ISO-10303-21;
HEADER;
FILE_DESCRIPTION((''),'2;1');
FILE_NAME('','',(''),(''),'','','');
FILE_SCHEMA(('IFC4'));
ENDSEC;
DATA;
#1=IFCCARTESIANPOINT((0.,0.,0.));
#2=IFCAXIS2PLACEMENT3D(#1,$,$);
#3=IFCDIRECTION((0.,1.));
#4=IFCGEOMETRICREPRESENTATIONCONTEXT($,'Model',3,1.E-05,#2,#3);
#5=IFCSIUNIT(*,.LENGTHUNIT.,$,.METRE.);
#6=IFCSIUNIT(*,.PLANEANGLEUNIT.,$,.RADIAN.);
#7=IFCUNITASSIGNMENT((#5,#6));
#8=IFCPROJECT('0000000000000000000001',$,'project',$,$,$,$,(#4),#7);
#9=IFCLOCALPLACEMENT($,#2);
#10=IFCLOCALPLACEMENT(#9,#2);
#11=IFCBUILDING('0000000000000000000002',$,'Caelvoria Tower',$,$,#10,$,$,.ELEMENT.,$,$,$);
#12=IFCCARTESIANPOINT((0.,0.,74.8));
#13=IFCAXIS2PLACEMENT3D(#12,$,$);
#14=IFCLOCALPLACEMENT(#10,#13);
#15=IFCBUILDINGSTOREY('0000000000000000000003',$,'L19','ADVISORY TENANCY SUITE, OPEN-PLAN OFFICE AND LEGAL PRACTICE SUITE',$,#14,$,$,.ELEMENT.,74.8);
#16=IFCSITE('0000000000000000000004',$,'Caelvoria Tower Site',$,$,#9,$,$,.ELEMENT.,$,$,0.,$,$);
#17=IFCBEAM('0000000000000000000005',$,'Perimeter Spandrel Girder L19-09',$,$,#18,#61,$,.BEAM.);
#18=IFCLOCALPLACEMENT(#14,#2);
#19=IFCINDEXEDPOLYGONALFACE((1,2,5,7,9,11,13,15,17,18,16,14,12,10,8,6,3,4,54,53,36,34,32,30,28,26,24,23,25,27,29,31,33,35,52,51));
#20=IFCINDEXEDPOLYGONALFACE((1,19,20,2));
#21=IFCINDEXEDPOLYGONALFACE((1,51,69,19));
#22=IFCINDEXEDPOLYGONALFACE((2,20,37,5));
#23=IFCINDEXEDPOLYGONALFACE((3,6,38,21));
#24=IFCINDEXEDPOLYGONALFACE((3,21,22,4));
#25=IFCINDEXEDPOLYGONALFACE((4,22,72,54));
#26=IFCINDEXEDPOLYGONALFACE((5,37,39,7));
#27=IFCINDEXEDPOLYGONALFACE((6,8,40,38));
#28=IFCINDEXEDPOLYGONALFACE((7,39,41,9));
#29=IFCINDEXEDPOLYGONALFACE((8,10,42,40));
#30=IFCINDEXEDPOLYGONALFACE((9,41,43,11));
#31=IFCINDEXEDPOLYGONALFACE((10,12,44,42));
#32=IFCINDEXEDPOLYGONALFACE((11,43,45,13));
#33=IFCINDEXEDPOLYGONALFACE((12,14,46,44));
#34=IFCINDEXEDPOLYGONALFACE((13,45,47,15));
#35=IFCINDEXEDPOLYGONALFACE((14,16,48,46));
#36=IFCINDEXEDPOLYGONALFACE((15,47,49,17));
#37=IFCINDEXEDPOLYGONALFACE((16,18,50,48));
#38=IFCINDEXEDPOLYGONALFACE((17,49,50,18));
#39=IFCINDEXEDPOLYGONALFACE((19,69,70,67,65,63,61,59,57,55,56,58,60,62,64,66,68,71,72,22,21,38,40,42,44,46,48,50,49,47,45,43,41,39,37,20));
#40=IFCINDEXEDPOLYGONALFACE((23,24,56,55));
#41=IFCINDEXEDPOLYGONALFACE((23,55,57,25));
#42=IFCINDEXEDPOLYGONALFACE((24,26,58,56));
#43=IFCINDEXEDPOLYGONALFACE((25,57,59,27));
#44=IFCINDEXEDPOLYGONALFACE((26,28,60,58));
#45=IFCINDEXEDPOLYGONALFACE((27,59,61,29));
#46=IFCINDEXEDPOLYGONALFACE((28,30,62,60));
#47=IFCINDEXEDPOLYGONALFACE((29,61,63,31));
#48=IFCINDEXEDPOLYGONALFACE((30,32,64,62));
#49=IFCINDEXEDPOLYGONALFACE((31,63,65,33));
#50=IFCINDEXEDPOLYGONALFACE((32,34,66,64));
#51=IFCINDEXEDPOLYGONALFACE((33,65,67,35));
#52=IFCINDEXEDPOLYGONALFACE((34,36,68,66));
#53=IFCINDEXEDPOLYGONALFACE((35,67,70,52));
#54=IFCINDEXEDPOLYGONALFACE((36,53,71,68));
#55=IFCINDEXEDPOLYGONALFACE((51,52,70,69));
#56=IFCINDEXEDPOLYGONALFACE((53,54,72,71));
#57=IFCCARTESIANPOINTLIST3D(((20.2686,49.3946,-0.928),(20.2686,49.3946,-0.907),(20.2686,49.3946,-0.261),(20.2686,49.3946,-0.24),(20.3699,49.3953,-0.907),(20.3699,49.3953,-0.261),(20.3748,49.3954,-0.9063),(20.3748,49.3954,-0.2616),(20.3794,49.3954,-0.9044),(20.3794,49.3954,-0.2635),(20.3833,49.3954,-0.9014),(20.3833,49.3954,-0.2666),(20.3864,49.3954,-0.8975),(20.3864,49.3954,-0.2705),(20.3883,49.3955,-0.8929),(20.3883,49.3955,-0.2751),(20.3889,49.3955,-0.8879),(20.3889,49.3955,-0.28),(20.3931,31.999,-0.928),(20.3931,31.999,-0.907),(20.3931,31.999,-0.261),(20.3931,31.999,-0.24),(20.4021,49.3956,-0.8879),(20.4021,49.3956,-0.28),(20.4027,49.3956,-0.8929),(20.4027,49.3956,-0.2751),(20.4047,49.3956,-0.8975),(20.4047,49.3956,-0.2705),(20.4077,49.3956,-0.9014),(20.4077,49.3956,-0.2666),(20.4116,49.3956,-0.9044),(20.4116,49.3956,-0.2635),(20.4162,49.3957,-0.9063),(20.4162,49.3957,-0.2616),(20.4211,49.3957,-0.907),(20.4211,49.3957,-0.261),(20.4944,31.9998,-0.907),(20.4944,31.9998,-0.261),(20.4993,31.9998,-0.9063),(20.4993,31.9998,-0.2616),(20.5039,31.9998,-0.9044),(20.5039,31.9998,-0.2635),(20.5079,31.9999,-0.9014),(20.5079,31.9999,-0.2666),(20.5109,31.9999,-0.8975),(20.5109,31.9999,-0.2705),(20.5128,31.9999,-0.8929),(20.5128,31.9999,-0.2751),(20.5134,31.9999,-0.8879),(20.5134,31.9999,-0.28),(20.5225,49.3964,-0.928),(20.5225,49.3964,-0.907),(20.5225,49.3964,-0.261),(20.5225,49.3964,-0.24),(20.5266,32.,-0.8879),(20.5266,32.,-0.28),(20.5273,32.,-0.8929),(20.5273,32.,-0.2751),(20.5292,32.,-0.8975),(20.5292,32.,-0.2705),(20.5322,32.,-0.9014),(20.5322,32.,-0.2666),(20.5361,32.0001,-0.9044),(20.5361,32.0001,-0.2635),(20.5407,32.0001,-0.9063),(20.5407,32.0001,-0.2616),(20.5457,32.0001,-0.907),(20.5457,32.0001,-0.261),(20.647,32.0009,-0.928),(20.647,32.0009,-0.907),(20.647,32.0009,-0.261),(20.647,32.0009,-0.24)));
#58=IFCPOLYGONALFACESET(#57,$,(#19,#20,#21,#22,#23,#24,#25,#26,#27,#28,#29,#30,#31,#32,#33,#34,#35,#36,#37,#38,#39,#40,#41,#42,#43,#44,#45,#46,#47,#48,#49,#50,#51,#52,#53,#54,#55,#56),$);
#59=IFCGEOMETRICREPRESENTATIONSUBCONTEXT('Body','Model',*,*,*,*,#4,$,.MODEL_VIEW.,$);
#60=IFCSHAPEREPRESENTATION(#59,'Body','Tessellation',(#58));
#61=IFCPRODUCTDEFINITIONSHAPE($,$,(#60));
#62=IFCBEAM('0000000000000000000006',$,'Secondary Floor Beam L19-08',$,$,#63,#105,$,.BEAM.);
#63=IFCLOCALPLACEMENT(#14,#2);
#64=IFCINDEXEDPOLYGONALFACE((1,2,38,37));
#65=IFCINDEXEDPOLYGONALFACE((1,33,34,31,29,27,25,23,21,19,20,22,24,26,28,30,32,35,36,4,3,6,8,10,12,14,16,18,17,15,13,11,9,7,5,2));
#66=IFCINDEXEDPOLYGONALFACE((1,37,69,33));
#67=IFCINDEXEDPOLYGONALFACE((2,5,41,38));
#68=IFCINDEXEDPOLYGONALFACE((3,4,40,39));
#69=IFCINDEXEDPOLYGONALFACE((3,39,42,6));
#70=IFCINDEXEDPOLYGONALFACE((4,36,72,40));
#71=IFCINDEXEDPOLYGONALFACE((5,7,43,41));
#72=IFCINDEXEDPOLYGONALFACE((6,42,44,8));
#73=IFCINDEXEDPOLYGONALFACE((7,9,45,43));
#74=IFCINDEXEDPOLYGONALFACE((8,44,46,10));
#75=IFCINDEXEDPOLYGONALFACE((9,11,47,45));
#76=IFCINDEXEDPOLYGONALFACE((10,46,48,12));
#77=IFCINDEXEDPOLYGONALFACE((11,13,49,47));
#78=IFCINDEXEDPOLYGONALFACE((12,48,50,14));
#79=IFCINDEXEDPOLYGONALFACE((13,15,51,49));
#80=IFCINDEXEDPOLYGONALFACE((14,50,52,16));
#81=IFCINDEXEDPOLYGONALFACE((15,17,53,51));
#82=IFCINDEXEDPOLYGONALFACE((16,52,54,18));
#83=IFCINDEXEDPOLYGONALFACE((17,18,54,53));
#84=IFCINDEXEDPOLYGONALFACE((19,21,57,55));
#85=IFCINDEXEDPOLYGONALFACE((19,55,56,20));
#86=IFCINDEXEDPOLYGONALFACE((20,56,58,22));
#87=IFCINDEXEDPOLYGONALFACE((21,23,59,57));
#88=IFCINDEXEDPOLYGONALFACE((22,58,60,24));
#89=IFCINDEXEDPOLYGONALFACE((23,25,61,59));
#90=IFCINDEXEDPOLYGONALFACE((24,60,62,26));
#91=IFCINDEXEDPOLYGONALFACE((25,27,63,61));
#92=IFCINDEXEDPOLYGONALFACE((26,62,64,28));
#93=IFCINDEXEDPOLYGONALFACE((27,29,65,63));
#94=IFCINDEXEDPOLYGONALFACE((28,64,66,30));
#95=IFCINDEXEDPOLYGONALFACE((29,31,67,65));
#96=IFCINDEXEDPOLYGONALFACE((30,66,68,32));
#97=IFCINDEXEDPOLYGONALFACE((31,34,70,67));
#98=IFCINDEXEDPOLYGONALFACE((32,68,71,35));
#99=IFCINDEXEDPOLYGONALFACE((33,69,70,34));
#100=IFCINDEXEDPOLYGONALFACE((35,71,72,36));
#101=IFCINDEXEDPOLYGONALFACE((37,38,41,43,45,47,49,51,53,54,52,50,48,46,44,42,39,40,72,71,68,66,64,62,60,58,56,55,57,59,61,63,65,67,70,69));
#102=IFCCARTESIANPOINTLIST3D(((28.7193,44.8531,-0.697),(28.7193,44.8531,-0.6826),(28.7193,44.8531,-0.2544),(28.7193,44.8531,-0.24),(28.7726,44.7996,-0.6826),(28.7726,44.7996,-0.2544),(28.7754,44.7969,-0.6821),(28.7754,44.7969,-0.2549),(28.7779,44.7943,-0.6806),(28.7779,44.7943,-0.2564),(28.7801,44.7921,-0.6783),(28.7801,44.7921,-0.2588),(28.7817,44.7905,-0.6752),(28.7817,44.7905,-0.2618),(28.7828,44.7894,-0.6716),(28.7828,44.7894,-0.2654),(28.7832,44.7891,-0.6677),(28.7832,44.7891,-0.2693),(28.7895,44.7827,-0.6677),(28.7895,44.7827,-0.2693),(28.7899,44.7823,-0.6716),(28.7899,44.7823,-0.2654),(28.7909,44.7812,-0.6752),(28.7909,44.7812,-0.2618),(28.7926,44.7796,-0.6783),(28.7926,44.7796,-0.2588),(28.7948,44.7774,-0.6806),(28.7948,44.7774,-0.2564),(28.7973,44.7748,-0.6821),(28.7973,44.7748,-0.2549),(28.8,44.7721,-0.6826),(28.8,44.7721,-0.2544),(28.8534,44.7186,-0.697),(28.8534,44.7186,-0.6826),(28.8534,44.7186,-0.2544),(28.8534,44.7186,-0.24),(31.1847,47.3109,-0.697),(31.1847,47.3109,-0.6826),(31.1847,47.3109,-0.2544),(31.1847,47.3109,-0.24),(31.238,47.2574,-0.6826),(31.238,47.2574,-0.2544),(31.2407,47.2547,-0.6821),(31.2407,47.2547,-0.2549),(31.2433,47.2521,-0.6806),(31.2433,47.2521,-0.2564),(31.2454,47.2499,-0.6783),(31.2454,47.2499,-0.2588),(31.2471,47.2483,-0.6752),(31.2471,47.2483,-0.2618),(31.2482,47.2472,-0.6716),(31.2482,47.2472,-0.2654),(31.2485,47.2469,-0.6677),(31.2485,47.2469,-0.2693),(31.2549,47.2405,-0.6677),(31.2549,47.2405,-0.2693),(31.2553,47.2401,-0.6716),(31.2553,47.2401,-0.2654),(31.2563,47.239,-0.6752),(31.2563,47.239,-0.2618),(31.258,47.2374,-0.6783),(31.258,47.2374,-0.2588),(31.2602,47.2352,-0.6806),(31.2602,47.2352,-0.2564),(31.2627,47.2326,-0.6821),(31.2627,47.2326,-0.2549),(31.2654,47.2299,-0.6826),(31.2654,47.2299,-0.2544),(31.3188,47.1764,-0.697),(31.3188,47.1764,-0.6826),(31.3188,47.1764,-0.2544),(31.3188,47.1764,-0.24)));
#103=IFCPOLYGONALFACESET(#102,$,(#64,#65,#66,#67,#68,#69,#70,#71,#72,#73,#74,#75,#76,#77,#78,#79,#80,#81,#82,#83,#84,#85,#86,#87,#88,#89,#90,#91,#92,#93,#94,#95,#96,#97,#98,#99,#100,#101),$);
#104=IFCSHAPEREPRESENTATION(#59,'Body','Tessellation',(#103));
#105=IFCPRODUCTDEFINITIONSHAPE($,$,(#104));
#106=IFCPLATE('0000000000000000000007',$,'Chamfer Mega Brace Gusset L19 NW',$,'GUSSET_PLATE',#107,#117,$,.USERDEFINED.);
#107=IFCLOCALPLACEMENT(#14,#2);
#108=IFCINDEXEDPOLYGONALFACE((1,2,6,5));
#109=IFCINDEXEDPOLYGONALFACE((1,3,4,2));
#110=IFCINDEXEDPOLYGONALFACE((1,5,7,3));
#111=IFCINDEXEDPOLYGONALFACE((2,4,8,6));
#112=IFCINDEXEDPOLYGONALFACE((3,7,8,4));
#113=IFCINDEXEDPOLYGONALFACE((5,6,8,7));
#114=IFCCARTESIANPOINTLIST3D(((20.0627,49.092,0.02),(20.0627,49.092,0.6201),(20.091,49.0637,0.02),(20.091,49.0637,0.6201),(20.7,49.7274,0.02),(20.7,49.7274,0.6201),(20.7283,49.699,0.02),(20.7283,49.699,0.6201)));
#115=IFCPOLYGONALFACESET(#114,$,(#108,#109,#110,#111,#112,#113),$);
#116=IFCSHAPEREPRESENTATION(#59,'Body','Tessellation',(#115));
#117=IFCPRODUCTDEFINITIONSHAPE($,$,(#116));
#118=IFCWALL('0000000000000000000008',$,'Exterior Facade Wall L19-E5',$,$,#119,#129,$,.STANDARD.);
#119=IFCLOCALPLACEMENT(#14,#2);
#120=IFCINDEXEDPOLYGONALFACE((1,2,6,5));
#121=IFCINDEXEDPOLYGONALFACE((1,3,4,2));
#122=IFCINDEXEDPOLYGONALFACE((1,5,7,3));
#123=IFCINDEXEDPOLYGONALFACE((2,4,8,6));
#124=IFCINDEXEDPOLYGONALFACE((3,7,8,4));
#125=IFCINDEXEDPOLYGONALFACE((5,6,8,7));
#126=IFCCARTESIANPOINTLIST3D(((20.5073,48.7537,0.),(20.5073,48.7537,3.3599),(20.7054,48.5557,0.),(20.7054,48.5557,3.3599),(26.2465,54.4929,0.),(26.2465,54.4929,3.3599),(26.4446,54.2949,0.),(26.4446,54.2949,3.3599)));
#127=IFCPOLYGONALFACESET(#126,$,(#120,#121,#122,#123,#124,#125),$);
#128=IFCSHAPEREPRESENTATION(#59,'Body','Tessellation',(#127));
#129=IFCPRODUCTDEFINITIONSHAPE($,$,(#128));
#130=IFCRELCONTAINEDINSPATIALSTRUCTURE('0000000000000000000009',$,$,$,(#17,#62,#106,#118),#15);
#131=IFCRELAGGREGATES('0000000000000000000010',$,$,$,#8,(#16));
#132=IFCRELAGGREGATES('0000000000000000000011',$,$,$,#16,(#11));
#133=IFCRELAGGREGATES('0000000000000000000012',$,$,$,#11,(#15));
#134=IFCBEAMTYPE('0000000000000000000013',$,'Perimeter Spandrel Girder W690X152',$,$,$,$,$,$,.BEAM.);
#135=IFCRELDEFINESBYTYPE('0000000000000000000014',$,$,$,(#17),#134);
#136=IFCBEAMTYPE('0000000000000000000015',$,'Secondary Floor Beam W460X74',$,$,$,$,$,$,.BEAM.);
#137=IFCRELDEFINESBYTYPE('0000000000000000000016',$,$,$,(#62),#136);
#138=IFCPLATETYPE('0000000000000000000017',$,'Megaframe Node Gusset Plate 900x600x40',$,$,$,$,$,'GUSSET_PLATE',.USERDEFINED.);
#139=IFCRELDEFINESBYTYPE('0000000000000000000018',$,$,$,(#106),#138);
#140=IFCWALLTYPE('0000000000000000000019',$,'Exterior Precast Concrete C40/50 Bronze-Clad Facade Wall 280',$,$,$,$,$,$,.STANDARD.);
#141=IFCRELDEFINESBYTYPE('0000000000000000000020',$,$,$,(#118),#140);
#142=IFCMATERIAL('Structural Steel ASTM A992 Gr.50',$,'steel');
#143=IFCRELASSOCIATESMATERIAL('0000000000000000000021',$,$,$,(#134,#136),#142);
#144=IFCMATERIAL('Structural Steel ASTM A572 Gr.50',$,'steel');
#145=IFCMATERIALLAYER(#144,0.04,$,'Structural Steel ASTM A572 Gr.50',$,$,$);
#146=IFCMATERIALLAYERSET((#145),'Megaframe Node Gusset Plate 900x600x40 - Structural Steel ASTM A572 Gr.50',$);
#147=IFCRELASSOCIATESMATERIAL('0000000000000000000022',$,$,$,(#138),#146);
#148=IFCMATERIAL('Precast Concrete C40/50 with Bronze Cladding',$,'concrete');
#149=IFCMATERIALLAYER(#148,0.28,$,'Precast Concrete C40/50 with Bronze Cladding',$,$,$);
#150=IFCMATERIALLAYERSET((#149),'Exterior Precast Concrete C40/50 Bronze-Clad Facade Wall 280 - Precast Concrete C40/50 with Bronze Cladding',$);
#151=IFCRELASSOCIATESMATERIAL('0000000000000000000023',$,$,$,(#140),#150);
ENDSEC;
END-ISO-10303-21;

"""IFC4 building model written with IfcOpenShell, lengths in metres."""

from ifc_helpers import new_model, si_unit, direction, frame, frame_2d, origin, origin_2d, place, context, subcontext, project, spatial, rectangle, i_section, extrude, material, layer, layer_set, material_profile, profile_set, type_object, element, save


model = new_model("IFC4")

# Units and contexts
model_context = context("Model", 3, precision=1e-05, world=origin(), true_north=direction((0.0, 1.0)))
body_context = subcontext(model_context, "Body", "Model", "MODEL_VIEW")
ifc_project = project(units=[si_unit("LENGTHUNIT", "METRE"), si_unit("PLANEANGLEUNIT", "RADIAN")], contexts=[model_context])

# Site, building, storey
site_placement = place(None, origin())
site = spatial("IfcSite", under=ifc_project, at=site_placement, Name="Caelvoria Tower Site", CompositionType="ELEMENT", RefElevation=0.0)
building_placement = place(site_placement, origin())
building = spatial("IfcBuilding", under=site, at=building_placement, Name="Caelvoria Tower", CompositionType="ELEMENT")
storey_placement = place(building_placement, frame((0.0, 0.0, 74.8)))
storey = spatial("IfcBuildingStorey", under=building, at=storey_placement, Name="L19", Description="ADVISORY TENANCY SUITE, OPEN-PLAN OFFICE AND LEGAL PRACTICE SUITE", CompositionType="ELEMENT", Elevation=74.8)

# Shared definitions
ifc_material_1 = material(Name="Structural Steel ASTM A572 Gr.50", Category="steel")

# Beams
ifc_material_2 = material(Name="Structural Steel ASTM A992 Gr.50", Category="steel")
ifc_material_profile_1 = material_profile(ifc_material_2, i_section(OverallWidth=0.2539, OverallDepth=0.688, WebThickness=0.0132, FlangeThickness=0.021, FilletRadius=0.019, at=origin_2d()), Name="Structural Steel ASTM A992 Gr.50")
ifc_profile_set_1 = profile_set([ifc_material_profile_1], Name="W690X152 - Structural Steel ASTM A992 Gr.50")
beam_type_1 = type_object("IfcBeamType", Name="Perimeter Spandrel Girder W690X152", PredefinedType="BEAM", material=ifc_profile_set_1)
beam_1_placement = place(storey_placement, frame((20.3955, 49.3955, -0.584), z_axis=(0.007158, -0.999974, 0.0), x_axis=(0.999974, 0.007158, 0.0)))
element("IfcBeam", 1, at=beam_1_placement, inside=storey, type_object=beam_type_1, Name="Perimeter Spandrel Girder L19-09", PredefinedType="BEAM", context=body_context, shape_type="SweptSolid", body=[
    extrude(i_section(OverallWidth=0.2539, OverallDepth=0.688, WebThickness=0.0132, FlangeThickness=0.021, FilletRadius=0.019, at=origin_2d()), origin(), (0.0, 0.0, 1.0), 17.396),
])
ifc_material_profile_2 = material_profile(ifc_material_2, i_section(OverallWidth=0.1899, OverallDepth=0.457, WebThickness=0.009, FlangeThickness=0.0144, FilletRadius=0.0149, at=origin_2d()), Name="Structural Steel ASTM A992 Gr.50")
ifc_profile_set_2 = profile_set([ifc_material_profile_2], Name="W460X74 - Structural Steel ASTM A992 Gr.50")
beam_type_2 = type_object("IfcBeamType", Name="Secondary Floor Beam W460X74", PredefinedType="BEAM", material=ifc_profile_set_2)
beam_2_placement = place(storey_placement, frame((31.2517, 47.2437, -0.4685), z_axis=(-0.708193, -0.706019, 0.0), x_axis=(0.706019, -0.708193, 0.0)))
element("IfcBeam", 2, at=beam_2_placement, inside=storey, type_object=beam_type_2, Name="Secondary Floor Beam L19-08", PredefinedType="BEAM", context=body_context, shape_type="SweptSolid", body=[
    extrude(i_section(OverallWidth=0.1899, OverallDepth=0.457, WebThickness=0.009, FlangeThickness=0.0144, FilletRadius=0.0149, at=origin_2d()), origin(), (0.0, 0.0, 1.0), 3.4812),
])

# Plate
ifc_layer_1 = layer(ifc_material_1, 0.04, Name="Structural Steel ASTM A572 Gr.50")
ifc_layer_set_1 = layer_set([ifc_layer_1], Name="Megaframe Node Gusset Plate 900x600x40 - Structural Steel ASTM A572 Gr.50")
plate_type = type_object("IfcPlateType", Name="Megaframe Node Gusset Plate 900x600x40", ElementType="GUSSET_PLATE", PredefinedType="USERDEFINED", material=ifc_layer_set_1)
plate_placement = place(storey_placement, frame((20.3955, 49.3955, 0.02), z_axis=(0.0, 0.0, 1.0), x_axis=(0.708212, 0.706, 0.0)))
element("IfcPlate", 3, at=plate_placement, inside=storey, type_object=plate_type, Name="Chamfer Mega Brace Gusset L19 NW", ObjectType="GUSSET_PLATE", PredefinedType="USERDEFINED", context=body_context, shape_type="SweptSolid", body=[
    extrude(rectangle(XDim=0.8999, YDim=0.04, at=origin_2d()), origin(), (0.0, 0.0, 1.0), 0.6001),
])

# Wall
ifc_material_3 = material(Name="Precast Concrete C40/50 with Bronze Cladding", Category="concrete")
ifc_layer_2 = layer(ifc_material_3, 0.28, Name="Precast Concrete C40/50 with Bronze Cladding")
ifc_layer_set_2 = layer_set([ifc_layer_2], Name="Exterior Precast Concrete C40/50 Bronze-Clad Facade Wall 280 - Precast Concrete C40/50 with Bronze Cladding")
wall_type = type_object("IfcWallType", Name="Exterior Precast Concrete C40/50 Bronze-Clad Facade Wall 280", PredefinedType="STANDARD", material=ifc_layer_set_2)
wall_1_placement = place(storey_placement, frame((26.3455, 54.3938, 0.0), z_axis=(0.0, 0.0, 1.0), x_axis=(-0.707107, -0.707107, 0.0)))
element("IfcWall", 4, at=wall_1_placement, inside=storey, type_object=wall_type, Name="Exterior Facade Wall L19-E5", PredefinedType="STANDARD", context=body_context, shape_type="SweptSolid", body=[
    extrude(rectangle(XDim=8.1165, YDim=0.28, at=frame_2d((4.0581, 0.0))), origin(), (0.0, 0.0, 1.0), 3.3599),
])

save(model, "model.ifc")
